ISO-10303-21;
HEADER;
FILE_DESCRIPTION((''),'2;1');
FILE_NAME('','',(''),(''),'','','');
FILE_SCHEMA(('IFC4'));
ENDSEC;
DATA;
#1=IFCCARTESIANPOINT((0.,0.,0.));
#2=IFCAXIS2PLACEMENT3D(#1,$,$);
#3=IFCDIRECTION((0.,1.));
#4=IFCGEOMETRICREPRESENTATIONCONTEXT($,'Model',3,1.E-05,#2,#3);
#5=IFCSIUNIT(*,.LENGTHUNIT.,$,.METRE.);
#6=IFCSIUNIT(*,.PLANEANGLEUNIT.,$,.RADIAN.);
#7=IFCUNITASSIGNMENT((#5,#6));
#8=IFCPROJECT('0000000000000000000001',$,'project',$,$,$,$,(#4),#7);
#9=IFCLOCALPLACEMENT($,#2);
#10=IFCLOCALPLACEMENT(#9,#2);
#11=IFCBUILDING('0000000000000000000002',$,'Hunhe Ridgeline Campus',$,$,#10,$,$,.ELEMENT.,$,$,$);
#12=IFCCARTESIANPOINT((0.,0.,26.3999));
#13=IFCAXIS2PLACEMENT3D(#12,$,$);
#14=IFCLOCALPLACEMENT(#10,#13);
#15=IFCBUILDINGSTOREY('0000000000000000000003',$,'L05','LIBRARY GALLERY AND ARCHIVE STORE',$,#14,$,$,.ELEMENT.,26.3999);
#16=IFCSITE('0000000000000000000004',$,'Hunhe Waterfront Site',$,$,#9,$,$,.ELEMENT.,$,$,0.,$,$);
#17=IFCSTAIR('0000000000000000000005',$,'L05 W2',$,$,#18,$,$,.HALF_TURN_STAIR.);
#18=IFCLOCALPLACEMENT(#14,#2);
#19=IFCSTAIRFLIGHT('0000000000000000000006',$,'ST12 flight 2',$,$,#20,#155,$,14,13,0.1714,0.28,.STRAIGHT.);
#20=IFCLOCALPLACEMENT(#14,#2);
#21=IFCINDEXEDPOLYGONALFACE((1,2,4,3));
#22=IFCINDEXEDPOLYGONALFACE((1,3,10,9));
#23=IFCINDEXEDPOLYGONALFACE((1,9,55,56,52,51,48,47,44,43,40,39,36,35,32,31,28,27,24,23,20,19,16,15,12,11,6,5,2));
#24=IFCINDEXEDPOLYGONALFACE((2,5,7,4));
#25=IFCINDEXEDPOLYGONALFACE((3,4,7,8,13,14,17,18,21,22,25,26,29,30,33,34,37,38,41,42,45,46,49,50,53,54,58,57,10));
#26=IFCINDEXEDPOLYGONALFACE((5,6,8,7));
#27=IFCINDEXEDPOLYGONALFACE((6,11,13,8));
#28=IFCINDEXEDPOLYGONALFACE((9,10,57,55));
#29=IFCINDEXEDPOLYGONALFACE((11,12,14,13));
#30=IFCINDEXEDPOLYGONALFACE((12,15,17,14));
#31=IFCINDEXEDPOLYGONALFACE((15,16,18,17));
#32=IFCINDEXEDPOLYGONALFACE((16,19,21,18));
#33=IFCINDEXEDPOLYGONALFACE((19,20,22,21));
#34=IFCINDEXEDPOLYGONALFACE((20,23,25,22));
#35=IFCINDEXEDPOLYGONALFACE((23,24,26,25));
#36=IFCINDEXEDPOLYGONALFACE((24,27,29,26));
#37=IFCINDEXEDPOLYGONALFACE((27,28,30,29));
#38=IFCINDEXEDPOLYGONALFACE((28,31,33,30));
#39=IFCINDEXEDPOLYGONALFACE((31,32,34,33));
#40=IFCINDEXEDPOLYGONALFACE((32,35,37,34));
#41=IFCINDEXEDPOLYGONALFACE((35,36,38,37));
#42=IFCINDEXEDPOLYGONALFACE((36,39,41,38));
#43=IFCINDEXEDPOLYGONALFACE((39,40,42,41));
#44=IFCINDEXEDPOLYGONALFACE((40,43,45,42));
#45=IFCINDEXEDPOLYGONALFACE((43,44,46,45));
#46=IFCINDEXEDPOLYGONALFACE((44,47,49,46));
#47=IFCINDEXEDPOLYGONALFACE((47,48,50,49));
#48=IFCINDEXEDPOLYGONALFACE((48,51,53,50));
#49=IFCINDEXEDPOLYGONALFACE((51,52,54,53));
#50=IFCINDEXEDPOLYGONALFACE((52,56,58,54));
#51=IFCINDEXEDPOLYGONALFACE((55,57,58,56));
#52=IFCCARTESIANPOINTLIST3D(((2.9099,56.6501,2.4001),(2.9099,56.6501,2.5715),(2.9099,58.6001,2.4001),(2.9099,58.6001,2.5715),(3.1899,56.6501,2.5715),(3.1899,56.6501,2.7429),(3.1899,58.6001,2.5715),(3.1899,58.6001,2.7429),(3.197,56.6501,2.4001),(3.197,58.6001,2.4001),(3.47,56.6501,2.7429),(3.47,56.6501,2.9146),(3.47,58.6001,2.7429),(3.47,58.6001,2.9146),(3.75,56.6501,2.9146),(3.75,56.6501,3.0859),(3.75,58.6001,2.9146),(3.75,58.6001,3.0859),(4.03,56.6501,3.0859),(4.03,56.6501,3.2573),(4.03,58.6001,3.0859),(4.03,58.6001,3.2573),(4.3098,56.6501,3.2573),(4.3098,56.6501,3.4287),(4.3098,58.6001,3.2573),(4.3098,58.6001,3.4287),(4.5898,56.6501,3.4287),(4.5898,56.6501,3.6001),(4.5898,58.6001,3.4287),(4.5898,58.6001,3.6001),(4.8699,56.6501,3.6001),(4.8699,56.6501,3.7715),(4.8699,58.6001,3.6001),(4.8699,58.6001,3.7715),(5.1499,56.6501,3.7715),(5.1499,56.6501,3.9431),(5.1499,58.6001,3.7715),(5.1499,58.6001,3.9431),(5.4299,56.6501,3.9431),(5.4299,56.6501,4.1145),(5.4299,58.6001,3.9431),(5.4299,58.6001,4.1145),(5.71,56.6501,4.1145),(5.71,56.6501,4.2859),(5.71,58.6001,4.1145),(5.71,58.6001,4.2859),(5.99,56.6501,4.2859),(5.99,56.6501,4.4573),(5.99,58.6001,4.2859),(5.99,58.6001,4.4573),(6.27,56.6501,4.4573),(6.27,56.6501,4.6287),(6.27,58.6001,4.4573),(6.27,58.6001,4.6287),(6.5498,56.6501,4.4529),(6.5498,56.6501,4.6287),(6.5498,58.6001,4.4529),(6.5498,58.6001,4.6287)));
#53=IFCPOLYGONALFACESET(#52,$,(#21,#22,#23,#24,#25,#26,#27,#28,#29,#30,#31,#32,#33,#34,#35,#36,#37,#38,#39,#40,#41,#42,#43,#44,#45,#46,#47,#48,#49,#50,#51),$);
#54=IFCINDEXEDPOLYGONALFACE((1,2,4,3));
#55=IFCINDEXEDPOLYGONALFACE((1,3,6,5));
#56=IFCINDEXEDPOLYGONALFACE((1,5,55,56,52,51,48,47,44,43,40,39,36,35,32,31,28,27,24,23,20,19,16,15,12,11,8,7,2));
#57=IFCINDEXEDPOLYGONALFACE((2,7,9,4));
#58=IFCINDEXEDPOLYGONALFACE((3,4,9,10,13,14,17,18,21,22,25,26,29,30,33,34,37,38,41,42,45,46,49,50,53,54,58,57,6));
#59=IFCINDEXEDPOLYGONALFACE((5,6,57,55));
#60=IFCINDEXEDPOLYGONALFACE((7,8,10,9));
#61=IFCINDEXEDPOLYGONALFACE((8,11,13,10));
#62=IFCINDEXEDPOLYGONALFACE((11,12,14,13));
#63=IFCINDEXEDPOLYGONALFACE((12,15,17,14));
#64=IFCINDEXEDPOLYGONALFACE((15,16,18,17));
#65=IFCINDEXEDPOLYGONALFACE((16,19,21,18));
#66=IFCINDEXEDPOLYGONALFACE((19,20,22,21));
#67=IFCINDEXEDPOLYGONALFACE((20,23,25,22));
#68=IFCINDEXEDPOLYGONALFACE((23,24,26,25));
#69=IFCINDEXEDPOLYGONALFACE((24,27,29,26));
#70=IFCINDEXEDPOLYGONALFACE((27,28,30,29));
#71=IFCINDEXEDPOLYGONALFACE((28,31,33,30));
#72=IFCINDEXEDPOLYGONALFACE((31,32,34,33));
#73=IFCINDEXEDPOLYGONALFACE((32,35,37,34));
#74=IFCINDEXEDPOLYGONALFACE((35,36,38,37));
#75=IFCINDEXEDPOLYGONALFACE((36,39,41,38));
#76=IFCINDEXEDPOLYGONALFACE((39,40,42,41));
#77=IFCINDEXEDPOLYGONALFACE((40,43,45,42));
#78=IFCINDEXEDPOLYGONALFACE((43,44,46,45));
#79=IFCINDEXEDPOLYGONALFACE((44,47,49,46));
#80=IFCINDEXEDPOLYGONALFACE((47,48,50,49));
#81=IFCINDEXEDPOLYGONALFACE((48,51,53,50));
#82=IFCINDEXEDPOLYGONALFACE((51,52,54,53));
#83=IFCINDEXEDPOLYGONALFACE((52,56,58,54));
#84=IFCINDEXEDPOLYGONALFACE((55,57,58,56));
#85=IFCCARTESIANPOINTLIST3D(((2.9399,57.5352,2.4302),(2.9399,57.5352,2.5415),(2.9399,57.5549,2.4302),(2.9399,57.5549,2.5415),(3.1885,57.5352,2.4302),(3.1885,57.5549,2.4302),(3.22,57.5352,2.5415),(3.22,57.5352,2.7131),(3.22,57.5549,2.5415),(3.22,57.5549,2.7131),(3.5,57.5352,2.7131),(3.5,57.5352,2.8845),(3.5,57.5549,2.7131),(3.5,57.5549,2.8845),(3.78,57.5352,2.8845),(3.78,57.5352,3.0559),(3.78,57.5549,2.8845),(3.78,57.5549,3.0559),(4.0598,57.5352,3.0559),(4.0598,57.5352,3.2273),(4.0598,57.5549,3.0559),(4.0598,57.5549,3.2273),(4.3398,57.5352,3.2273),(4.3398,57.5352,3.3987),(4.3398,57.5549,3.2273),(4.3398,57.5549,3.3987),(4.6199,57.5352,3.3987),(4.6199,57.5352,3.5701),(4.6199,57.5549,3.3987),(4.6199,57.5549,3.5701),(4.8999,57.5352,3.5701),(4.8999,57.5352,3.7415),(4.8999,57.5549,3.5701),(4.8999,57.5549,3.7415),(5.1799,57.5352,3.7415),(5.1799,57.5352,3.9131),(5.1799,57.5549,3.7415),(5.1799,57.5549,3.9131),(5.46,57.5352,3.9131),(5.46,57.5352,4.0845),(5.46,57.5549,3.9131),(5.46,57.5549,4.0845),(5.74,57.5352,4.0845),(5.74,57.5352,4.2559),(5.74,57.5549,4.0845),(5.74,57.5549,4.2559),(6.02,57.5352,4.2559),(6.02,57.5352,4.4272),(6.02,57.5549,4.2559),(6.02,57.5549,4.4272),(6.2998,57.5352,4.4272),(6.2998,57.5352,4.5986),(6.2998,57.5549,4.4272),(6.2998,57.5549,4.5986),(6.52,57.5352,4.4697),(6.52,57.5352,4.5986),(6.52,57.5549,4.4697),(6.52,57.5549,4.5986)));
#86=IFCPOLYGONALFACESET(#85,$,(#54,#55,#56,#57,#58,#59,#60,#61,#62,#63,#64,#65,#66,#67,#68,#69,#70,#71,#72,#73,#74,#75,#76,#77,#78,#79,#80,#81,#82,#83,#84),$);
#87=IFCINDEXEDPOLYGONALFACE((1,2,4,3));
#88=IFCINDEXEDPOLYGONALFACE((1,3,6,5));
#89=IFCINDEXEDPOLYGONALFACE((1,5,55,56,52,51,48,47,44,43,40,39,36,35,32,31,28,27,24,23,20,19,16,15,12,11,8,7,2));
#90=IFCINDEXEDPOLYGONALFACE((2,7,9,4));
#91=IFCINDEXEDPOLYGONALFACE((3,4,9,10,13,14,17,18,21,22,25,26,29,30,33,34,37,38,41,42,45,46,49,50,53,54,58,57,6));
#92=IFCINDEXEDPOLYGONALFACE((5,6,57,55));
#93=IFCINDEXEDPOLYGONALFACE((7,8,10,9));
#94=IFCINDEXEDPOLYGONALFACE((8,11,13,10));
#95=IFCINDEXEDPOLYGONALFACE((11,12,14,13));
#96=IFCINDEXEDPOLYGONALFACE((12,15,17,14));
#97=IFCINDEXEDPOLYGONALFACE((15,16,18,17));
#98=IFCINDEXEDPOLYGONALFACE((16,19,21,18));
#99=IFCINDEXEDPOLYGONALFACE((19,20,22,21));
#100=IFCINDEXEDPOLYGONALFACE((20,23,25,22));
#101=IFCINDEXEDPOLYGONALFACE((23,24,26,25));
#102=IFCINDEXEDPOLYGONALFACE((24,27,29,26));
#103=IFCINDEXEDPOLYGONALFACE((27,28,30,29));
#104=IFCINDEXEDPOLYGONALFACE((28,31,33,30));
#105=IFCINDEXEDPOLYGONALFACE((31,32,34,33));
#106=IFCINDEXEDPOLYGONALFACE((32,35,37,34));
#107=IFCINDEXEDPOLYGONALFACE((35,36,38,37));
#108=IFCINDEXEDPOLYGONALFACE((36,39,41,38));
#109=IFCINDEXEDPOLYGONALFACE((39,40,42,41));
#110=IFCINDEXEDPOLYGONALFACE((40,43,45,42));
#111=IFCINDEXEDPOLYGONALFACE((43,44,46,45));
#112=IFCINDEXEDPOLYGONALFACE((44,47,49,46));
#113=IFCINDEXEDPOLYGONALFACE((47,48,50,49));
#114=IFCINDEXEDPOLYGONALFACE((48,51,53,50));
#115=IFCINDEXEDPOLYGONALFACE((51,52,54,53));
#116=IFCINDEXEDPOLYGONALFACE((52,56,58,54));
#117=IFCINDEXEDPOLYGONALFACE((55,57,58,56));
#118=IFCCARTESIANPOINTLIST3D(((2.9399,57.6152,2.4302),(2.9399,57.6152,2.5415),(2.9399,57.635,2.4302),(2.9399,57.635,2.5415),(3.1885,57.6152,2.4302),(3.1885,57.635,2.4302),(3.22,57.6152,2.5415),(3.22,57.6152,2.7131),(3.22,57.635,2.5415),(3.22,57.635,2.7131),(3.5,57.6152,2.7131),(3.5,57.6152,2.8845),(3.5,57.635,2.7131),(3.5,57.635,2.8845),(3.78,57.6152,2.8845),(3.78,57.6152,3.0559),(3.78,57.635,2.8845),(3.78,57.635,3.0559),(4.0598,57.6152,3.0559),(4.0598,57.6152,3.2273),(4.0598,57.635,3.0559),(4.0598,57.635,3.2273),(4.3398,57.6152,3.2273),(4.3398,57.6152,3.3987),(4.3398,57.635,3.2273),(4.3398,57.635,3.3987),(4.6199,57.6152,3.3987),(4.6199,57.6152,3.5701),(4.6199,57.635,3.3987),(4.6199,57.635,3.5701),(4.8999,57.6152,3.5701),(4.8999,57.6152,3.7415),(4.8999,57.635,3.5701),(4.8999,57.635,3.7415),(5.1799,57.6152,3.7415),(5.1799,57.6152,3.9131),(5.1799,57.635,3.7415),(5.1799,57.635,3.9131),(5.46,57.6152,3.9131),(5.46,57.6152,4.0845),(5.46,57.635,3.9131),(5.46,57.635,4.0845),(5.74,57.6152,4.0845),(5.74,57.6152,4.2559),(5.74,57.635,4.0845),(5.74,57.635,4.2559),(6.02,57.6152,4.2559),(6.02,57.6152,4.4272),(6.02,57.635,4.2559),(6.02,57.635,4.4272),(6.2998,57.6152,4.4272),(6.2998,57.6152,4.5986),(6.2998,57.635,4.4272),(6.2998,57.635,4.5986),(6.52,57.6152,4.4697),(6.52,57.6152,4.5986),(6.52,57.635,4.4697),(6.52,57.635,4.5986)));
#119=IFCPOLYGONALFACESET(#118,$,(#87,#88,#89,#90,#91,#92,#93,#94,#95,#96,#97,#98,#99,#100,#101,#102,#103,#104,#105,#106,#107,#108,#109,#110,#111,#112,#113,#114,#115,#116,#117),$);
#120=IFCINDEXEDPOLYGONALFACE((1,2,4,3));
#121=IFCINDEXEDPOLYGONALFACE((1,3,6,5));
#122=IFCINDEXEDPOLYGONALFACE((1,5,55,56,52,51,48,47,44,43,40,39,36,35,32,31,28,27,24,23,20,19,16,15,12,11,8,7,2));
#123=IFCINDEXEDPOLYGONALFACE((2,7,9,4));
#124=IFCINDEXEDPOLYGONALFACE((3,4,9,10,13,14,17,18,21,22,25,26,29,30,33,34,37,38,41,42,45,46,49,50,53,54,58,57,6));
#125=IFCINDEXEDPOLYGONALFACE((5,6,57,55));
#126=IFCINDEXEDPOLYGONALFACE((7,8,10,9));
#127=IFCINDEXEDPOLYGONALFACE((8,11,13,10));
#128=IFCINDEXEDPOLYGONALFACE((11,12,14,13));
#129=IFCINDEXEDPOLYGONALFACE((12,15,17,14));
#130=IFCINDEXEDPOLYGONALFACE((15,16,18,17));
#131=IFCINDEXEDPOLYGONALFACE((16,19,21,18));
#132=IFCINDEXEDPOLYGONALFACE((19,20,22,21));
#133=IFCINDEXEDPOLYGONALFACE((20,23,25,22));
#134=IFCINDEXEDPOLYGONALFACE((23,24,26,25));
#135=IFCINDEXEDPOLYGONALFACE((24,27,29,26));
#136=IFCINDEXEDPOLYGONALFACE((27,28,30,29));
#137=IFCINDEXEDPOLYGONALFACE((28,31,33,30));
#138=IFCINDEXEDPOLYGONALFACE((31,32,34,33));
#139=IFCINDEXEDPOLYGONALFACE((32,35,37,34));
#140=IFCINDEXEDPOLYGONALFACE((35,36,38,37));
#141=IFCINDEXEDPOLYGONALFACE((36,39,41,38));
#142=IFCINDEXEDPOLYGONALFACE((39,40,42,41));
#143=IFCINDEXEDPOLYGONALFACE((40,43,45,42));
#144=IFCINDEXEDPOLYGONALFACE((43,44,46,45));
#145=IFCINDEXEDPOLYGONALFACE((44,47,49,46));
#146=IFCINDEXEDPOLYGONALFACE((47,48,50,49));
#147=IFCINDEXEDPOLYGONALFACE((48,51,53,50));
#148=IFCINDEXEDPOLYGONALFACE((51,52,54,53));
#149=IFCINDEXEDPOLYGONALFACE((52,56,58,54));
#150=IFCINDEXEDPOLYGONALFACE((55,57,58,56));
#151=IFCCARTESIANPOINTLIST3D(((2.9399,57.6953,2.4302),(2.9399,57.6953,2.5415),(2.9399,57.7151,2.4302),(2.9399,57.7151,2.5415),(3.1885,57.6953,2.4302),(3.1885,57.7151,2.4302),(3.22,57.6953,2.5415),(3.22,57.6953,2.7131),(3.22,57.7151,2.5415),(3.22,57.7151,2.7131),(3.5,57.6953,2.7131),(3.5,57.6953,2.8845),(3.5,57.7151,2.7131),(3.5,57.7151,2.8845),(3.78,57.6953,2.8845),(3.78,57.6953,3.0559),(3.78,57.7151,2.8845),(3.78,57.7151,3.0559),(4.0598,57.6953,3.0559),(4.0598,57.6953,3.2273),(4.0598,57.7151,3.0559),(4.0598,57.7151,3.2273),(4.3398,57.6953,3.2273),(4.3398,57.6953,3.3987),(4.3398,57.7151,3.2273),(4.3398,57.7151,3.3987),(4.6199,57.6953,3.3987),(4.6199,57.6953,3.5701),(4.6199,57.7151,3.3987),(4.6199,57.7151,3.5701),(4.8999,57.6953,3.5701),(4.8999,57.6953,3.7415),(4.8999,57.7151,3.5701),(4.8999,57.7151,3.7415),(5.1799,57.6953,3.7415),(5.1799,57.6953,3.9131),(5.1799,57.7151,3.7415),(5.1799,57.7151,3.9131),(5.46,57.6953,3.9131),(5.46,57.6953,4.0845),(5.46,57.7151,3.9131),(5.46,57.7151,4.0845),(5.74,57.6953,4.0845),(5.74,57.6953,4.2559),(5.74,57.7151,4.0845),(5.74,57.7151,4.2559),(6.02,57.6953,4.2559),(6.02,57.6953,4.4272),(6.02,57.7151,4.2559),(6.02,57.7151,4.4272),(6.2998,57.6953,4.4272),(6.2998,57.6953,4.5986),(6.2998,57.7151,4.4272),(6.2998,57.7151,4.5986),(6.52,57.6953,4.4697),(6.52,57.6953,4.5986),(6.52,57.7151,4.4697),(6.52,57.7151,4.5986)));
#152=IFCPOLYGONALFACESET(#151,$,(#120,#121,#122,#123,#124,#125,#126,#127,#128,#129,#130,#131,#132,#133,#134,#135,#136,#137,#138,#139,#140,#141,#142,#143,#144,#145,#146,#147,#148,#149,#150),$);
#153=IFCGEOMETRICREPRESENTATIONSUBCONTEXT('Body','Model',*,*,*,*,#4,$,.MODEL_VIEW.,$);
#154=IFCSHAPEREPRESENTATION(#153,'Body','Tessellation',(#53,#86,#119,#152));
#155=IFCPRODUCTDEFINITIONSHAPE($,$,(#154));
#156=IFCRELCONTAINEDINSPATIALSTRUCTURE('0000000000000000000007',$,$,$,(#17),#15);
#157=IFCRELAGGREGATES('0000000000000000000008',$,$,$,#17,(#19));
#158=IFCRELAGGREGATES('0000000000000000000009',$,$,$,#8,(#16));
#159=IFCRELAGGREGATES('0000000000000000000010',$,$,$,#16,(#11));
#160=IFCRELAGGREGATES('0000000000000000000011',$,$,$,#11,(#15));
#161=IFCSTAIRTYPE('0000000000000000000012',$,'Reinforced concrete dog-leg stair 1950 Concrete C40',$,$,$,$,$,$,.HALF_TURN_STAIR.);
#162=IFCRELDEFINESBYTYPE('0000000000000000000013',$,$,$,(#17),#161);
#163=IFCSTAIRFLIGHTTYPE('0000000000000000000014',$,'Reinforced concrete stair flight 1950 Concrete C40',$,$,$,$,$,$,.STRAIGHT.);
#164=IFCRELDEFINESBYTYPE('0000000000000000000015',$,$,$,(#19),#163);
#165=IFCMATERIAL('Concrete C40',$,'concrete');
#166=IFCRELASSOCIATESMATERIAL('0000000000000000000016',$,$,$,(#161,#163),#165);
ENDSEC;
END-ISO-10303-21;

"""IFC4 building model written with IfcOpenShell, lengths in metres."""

from ifc_helpers import new_model, si_unit, direction, frame, origin, place, context, subcontext, project, spatial, polyline, outline, extrude, material, type_object, element, aggregate, save


model = new_model("IFC4")

# Units and contexts
model_context = context("Model", 3, precision=1e-05, world=origin(), true_north=direction((0.0, 1.0)))
body_context = subcontext(model_context, "Body", "Model", "MODEL_VIEW")
ifc_project = project(units=[si_unit("LENGTHUNIT", "METRE"), si_unit("PLANEANGLEUNIT", "RADIAN")], contexts=[model_context])

# Site, building, storey
site_placement = place(None, origin())
site = spatial("IfcSite", under=ifc_project, at=site_placement, Name="Hunhe Waterfront Site", CompositionType="ELEMENT", RefElevation=0.0)
building_placement = place(site_placement, origin())
building = spatial("IfcBuilding", under=site, at=building_placement, Name="Hunhe Ridgeline Campus", CompositionType="ELEMENT")
storey_placement = place(building_placement, frame((0.0, 0.0, 26.3999)))
storey = spatial("IfcBuildingStorey", under=building, at=storey_placement, Name="L05", Description="LIBRARY GALLERY AND ARCHIVE STORE", CompositionType="ELEMENT", Elevation=26.3999)

# Shared definitions
ifc_material_1 = material(Name="Concrete C40", Category="concrete")
stair_type = type_object("IfcStairType", Name="Reinforced concrete dog-leg stair 1950 Concrete C40", PredefinedType="HALF_TURN_STAIR", material=ifc_material_1)
stair_flight_type = type_object("IfcStairFlightType", Name="Reinforced concrete stair flight 1950 Concrete C40", PredefinedType="STRAIGHT", material=ifc_material_1)

# Stair, stair flight
stair_1_placement = place(storey_placement, origin())
stair_1 = element("IfcStair", 1, at=stair_1_placement, inside=storey, type_object=stair_type, Name="L05 W2", PredefinedType="HALF_TURN_STAIR")
stair_flight_1_placement = place(storey_placement, frame((2.9099, 57.625, 2.4001), z_axis=(0.0, 0.0, 1.0), x_axis=(1.0, 0.0, 0.0)))
stair_flight_1 = element("IfcStairFlight", 2, at=stair_flight_1_placement, type_object=stair_flight_type, Name="ST12 flight 2", NumberOfRisers=14, NumberOfTreads=13, PredefinedType="STRAIGHT", RiserHeight=0.1714, TreadLength=0.28, context=body_context, shape_type="SweptSolid", body=[
    extrude(outline(polyline([(0.0, 0.0), (0.0, 0.1714), (0.28, 0.1714), (0.28, 0.3428), (0.5601, 0.3428), (0.5601, 0.5144), (0.8401, 0.5144), (0.8401, 0.6858), (1.1201, 0.6858), (1.1201, 0.8572), (1.3999, 0.8572), (1.3999, 1.0286), (1.6799, 1.0286), (1.6799, 1.2), (1.96, 1.2), (1.96, 1.3713), (2.24, 1.3713), (2.24, 1.543), (2.52, 1.543), (2.52, 1.7144), (2.8, 1.7144), (2.8, 1.8857), (3.0801, 1.8857), (3.0801, 2.0571), (3.3601, 2.0571), (3.3601, 2.2285), (3.6399, 2.2285), (3.6399, 2.3999), (3.6399, 2.0527), (0.2871, 0.0), (0.0, 0.0)])), frame((0.0, 0.9751, 0.0), z_axis=(0.0, -1.0, 0.0), x_axis=(1.0, 0.0, 0.0)), (0.0, 0.0, 1.0), 1.95),
    extrude(outline(polyline([(0.03, 0.03), (0.03, 0.1414), (0.3101, 0.1414), (0.3101, 0.313), (0.5901, 0.313), (0.5901, 0.4844), (0.8701, 0.4844), (0.8701, 0.6558), (1.1499, 0.6558), (1.1499, 0.8271), (1.4299, 0.8271), (1.4299, 0.9985), (1.71, 0.9985), (1.71, 1.1699), (1.99, 1.1699), (1.99, 1.3413), (2.27, 1.3413), (2.27, 1.5129), (2.55, 1.5129), (2.55, 1.6843), (2.8301, 1.6843), (2.8301, 1.8557), (3.1101, 1.8557), (3.1101, 2.0271), (3.3899, 2.0271), (3.3899, 2.1985), (3.6101, 2.1985), (3.6101, 2.0696), (0.2786, 0.03), (0.03, 0.03)])), frame((0.0, -0.0701, 0.0), z_axis=(0.0, -1.0, 0.0), x_axis=(1.0, 0.0, 0.0)), (0.0, 0.0, 1.0), 0.0198),
    extrude(outline(polyline([(0.03, 0.03), (0.03, 0.1414), (0.3101, 0.1414), (0.3101, 0.313), (0.5901, 0.313), (0.5901, 0.4844), (0.8701, 0.4844), (0.8701, 0.6558), (1.1499, 0.6558), (1.1499, 0.8271), (1.4299, 0.8271), (1.4299, 0.9985), (1.71, 0.9985), (1.71, 1.1699), (1.99, 1.1699), (1.99, 1.3413), (2.27, 1.3413), (2.27, 1.5129), (2.55, 1.5129), (2.55, 1.6843), (2.8301, 1.6843), (2.8301, 1.8557), (3.1101, 1.8557), (3.1101, 2.0271), (3.3899, 2.0271), (3.3899, 2.1985), (3.6101, 2.1985), (3.6101, 2.0696), (0.2786, 0.03), (0.03, 0.03)])), frame((0.0, 0.01, 0.0), z_axis=(0.0, -1.0, 0.0), x_axis=(1.0, 0.0, 0.0)), (0.0, 0.0, 1.0), 0.0198),
    extrude(outline(polyline([(0.03, 0.03), (0.03, 0.1414), (0.3101, 0.1414), (0.3101, 0.313), (0.5901, 0.313), (0.5901, 0.4844), (0.8701, 0.4844), (0.8701, 0.6558), (1.1499, 0.6558), (1.1499, 0.8271), (1.4299, 0.8271), (1.4299, 0.9985), (1.71, 0.9985), (1.71, 1.1699), (1.99, 1.1699), (1.99, 1.3413), (2.27, 1.3413), (2.27, 1.5129), (2.55, 1.5129), (2.55, 1.6843), (2.8301, 1.6843), (2.8301, 1.8557), (3.1101, 1.8557), (3.1101, 2.0271), (3.3899, 2.0271), (3.3899, 2.1985), (3.6101, 2.1985), (3.6101, 2.0696), (0.2786, 0.03), (0.03, 0.03)])), frame((0.0, 0.0901, 0.0), z_axis=(0.0, -1.0, 0.0), x_axis=(1.0, 0.0, 0.0)), (0.0, 0.0, 1.0), 0.0198),
])
aggregate(stair_1, [stair_flight_1])

save(model, "model.ifc")
